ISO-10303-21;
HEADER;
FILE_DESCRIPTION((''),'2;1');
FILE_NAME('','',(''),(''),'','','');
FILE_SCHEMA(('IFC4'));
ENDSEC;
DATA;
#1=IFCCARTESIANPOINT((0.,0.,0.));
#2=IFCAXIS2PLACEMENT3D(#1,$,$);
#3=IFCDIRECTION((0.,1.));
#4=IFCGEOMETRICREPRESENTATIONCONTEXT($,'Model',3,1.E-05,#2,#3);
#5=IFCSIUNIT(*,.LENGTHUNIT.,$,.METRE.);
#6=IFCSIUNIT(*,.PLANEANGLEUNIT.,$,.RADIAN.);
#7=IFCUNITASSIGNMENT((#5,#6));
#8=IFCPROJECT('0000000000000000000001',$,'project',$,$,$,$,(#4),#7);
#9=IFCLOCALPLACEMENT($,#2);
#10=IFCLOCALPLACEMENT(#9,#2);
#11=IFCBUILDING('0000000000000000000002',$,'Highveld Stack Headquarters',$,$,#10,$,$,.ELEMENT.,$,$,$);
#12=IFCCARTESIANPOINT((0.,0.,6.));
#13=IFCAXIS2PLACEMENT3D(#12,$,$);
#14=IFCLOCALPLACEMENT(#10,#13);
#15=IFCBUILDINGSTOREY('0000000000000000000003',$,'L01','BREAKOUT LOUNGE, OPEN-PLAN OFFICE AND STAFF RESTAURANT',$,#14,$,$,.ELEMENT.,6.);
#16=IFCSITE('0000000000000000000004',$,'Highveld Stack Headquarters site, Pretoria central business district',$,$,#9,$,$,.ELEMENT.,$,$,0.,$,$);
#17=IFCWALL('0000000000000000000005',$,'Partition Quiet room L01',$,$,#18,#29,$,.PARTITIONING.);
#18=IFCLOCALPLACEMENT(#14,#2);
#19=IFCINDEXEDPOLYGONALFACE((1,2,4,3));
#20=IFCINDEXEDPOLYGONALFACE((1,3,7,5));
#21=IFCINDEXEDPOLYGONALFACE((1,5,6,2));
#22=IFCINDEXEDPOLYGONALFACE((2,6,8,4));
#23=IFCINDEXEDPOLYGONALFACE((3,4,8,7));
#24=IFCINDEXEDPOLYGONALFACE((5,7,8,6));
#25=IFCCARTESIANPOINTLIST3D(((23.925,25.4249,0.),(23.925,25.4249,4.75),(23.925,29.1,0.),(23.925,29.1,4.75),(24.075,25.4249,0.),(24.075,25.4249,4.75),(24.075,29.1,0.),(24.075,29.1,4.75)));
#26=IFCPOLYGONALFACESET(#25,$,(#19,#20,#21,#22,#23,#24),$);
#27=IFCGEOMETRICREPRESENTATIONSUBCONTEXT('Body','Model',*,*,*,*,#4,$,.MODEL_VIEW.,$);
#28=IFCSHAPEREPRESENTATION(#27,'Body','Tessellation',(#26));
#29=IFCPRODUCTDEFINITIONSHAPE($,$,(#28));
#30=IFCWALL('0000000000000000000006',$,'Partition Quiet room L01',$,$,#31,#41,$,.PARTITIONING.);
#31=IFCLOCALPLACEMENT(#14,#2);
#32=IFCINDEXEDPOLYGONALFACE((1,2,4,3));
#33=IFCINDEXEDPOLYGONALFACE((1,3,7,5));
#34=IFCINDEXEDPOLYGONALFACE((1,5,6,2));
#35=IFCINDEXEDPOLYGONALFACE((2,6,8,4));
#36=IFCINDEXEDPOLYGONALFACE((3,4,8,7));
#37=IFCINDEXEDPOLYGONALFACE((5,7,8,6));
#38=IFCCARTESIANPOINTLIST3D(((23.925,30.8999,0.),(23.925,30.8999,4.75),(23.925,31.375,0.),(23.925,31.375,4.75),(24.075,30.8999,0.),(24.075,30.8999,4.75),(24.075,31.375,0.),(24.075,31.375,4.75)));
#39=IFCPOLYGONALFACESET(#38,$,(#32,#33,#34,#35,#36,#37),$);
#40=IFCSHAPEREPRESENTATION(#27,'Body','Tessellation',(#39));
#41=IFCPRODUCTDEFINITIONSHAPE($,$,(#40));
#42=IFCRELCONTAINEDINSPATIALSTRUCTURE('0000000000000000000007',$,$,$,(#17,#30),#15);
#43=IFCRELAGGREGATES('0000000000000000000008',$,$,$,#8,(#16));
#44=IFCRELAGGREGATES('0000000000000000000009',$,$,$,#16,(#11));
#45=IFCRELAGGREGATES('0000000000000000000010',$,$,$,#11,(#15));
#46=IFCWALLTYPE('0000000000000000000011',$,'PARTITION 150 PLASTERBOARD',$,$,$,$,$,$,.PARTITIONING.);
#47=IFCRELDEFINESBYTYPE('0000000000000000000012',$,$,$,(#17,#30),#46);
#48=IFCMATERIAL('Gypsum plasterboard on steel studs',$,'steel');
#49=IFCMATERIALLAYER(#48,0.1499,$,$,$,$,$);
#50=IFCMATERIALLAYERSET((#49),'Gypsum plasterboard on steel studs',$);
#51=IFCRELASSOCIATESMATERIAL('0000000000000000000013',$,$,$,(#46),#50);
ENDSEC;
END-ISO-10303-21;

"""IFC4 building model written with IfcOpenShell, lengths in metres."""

from ifc_helpers import new_model, si_unit, direction, frame, frame_2d, origin, place, context, subcontext, project, spatial, rectangle, extrude, material, layer, layer_set, type_object, element, save


model = new_model("IFC4")

# Units and contexts
model_context = context("Model", 3, precision=1e-05, world=origin(), true_north=direction((0.0, 1.0)))
body_context = subcontext(model_context, "Body", "Model", "MODEL_VIEW")
ifc_project = project(units=[si_unit("LENGTHUNIT", "METRE"), si_unit("PLANEANGLEUNIT", "RADIAN")], contexts=[model_context])

# Site, building, storey
site_placement = place(None, origin())
site = spatial("IfcSite", under=ifc_project, at=site_placement, Name="Highveld Stack Headquarters site, Pretoria central business district", CompositionType="ELEMENT", RefElevation=0.0)
building_placement = place(site_placement, origin())
building = spatial("IfcBuilding", under=site, at=building_placement, Name="Highveld Stack Headquarters", CompositionType="ELEMENT")
storey_placement = place(building_placement, frame((0.0, 0.0, 6.0)))
storey = spatial("IfcBuildingStorey", under=building, at=storey_placement, Name="L01", Description="BREAKOUT LOUNGE, OPEN-PLAN OFFICE AND STAFF RESTAURANT", CompositionType="ELEMENT", Elevation=6.0)

# Walls
ifc_material_1 = material(Name="Gypsum plasterboard on steel studs", Category="steel")
ifc_layer_1 = layer(ifc_material_1, 0.1499)
ifc_layer_set_1 = layer_set([ifc_layer_1], Name="Gypsum plasterboard on steel studs")
wall_type = type_object("IfcWallType", Name="PARTITION 150 PLASTERBOARD", PredefinedType="PARTITIONING", material=ifc_layer_set_1)
wall_1_placement = place(storey_placement, frame((24.0, 25.425, 0.0), z_axis=(0.0, 0.0, 1.0), x_axis=(0.0, 1.0, 0.0)))
element("IfcWall", 1, at=wall_1_placement, inside=storey, type_object=wall_type, Name="Partition Quiet room L01", PredefinedType="PARTITIONING", context=body_context, shape_type="SweptSolid", body=[
    extrude(rectangle(XDim=3.675, YDim=0.1499, at=frame_2d((1.8374, 0.0))), origin(), (0.0, 0.0, 1.0), 4.75),
])
wall_2_placement = place(storey_placement, frame((24.0, 30.8999, 0.0), z_axis=(0.0, 0.0, 1.0), x_axis=(0.0, 1.0, 0.0)))
element("IfcWall", 2, at=wall_2_placement, inside=storey, type_object=wall_type, Name="Partition Quiet room L01", PredefinedType="PARTITIONING", context=body_context, shape_type="SweptSolid", body=[
    extrude(rectangle(XDim=0.4751, YDim=0.1499, at=frame_2d((0.2375, 0.0))), origin(), (0.0, 0.0, 1.0), 4.75),
])

save(model, "model.ifc")
